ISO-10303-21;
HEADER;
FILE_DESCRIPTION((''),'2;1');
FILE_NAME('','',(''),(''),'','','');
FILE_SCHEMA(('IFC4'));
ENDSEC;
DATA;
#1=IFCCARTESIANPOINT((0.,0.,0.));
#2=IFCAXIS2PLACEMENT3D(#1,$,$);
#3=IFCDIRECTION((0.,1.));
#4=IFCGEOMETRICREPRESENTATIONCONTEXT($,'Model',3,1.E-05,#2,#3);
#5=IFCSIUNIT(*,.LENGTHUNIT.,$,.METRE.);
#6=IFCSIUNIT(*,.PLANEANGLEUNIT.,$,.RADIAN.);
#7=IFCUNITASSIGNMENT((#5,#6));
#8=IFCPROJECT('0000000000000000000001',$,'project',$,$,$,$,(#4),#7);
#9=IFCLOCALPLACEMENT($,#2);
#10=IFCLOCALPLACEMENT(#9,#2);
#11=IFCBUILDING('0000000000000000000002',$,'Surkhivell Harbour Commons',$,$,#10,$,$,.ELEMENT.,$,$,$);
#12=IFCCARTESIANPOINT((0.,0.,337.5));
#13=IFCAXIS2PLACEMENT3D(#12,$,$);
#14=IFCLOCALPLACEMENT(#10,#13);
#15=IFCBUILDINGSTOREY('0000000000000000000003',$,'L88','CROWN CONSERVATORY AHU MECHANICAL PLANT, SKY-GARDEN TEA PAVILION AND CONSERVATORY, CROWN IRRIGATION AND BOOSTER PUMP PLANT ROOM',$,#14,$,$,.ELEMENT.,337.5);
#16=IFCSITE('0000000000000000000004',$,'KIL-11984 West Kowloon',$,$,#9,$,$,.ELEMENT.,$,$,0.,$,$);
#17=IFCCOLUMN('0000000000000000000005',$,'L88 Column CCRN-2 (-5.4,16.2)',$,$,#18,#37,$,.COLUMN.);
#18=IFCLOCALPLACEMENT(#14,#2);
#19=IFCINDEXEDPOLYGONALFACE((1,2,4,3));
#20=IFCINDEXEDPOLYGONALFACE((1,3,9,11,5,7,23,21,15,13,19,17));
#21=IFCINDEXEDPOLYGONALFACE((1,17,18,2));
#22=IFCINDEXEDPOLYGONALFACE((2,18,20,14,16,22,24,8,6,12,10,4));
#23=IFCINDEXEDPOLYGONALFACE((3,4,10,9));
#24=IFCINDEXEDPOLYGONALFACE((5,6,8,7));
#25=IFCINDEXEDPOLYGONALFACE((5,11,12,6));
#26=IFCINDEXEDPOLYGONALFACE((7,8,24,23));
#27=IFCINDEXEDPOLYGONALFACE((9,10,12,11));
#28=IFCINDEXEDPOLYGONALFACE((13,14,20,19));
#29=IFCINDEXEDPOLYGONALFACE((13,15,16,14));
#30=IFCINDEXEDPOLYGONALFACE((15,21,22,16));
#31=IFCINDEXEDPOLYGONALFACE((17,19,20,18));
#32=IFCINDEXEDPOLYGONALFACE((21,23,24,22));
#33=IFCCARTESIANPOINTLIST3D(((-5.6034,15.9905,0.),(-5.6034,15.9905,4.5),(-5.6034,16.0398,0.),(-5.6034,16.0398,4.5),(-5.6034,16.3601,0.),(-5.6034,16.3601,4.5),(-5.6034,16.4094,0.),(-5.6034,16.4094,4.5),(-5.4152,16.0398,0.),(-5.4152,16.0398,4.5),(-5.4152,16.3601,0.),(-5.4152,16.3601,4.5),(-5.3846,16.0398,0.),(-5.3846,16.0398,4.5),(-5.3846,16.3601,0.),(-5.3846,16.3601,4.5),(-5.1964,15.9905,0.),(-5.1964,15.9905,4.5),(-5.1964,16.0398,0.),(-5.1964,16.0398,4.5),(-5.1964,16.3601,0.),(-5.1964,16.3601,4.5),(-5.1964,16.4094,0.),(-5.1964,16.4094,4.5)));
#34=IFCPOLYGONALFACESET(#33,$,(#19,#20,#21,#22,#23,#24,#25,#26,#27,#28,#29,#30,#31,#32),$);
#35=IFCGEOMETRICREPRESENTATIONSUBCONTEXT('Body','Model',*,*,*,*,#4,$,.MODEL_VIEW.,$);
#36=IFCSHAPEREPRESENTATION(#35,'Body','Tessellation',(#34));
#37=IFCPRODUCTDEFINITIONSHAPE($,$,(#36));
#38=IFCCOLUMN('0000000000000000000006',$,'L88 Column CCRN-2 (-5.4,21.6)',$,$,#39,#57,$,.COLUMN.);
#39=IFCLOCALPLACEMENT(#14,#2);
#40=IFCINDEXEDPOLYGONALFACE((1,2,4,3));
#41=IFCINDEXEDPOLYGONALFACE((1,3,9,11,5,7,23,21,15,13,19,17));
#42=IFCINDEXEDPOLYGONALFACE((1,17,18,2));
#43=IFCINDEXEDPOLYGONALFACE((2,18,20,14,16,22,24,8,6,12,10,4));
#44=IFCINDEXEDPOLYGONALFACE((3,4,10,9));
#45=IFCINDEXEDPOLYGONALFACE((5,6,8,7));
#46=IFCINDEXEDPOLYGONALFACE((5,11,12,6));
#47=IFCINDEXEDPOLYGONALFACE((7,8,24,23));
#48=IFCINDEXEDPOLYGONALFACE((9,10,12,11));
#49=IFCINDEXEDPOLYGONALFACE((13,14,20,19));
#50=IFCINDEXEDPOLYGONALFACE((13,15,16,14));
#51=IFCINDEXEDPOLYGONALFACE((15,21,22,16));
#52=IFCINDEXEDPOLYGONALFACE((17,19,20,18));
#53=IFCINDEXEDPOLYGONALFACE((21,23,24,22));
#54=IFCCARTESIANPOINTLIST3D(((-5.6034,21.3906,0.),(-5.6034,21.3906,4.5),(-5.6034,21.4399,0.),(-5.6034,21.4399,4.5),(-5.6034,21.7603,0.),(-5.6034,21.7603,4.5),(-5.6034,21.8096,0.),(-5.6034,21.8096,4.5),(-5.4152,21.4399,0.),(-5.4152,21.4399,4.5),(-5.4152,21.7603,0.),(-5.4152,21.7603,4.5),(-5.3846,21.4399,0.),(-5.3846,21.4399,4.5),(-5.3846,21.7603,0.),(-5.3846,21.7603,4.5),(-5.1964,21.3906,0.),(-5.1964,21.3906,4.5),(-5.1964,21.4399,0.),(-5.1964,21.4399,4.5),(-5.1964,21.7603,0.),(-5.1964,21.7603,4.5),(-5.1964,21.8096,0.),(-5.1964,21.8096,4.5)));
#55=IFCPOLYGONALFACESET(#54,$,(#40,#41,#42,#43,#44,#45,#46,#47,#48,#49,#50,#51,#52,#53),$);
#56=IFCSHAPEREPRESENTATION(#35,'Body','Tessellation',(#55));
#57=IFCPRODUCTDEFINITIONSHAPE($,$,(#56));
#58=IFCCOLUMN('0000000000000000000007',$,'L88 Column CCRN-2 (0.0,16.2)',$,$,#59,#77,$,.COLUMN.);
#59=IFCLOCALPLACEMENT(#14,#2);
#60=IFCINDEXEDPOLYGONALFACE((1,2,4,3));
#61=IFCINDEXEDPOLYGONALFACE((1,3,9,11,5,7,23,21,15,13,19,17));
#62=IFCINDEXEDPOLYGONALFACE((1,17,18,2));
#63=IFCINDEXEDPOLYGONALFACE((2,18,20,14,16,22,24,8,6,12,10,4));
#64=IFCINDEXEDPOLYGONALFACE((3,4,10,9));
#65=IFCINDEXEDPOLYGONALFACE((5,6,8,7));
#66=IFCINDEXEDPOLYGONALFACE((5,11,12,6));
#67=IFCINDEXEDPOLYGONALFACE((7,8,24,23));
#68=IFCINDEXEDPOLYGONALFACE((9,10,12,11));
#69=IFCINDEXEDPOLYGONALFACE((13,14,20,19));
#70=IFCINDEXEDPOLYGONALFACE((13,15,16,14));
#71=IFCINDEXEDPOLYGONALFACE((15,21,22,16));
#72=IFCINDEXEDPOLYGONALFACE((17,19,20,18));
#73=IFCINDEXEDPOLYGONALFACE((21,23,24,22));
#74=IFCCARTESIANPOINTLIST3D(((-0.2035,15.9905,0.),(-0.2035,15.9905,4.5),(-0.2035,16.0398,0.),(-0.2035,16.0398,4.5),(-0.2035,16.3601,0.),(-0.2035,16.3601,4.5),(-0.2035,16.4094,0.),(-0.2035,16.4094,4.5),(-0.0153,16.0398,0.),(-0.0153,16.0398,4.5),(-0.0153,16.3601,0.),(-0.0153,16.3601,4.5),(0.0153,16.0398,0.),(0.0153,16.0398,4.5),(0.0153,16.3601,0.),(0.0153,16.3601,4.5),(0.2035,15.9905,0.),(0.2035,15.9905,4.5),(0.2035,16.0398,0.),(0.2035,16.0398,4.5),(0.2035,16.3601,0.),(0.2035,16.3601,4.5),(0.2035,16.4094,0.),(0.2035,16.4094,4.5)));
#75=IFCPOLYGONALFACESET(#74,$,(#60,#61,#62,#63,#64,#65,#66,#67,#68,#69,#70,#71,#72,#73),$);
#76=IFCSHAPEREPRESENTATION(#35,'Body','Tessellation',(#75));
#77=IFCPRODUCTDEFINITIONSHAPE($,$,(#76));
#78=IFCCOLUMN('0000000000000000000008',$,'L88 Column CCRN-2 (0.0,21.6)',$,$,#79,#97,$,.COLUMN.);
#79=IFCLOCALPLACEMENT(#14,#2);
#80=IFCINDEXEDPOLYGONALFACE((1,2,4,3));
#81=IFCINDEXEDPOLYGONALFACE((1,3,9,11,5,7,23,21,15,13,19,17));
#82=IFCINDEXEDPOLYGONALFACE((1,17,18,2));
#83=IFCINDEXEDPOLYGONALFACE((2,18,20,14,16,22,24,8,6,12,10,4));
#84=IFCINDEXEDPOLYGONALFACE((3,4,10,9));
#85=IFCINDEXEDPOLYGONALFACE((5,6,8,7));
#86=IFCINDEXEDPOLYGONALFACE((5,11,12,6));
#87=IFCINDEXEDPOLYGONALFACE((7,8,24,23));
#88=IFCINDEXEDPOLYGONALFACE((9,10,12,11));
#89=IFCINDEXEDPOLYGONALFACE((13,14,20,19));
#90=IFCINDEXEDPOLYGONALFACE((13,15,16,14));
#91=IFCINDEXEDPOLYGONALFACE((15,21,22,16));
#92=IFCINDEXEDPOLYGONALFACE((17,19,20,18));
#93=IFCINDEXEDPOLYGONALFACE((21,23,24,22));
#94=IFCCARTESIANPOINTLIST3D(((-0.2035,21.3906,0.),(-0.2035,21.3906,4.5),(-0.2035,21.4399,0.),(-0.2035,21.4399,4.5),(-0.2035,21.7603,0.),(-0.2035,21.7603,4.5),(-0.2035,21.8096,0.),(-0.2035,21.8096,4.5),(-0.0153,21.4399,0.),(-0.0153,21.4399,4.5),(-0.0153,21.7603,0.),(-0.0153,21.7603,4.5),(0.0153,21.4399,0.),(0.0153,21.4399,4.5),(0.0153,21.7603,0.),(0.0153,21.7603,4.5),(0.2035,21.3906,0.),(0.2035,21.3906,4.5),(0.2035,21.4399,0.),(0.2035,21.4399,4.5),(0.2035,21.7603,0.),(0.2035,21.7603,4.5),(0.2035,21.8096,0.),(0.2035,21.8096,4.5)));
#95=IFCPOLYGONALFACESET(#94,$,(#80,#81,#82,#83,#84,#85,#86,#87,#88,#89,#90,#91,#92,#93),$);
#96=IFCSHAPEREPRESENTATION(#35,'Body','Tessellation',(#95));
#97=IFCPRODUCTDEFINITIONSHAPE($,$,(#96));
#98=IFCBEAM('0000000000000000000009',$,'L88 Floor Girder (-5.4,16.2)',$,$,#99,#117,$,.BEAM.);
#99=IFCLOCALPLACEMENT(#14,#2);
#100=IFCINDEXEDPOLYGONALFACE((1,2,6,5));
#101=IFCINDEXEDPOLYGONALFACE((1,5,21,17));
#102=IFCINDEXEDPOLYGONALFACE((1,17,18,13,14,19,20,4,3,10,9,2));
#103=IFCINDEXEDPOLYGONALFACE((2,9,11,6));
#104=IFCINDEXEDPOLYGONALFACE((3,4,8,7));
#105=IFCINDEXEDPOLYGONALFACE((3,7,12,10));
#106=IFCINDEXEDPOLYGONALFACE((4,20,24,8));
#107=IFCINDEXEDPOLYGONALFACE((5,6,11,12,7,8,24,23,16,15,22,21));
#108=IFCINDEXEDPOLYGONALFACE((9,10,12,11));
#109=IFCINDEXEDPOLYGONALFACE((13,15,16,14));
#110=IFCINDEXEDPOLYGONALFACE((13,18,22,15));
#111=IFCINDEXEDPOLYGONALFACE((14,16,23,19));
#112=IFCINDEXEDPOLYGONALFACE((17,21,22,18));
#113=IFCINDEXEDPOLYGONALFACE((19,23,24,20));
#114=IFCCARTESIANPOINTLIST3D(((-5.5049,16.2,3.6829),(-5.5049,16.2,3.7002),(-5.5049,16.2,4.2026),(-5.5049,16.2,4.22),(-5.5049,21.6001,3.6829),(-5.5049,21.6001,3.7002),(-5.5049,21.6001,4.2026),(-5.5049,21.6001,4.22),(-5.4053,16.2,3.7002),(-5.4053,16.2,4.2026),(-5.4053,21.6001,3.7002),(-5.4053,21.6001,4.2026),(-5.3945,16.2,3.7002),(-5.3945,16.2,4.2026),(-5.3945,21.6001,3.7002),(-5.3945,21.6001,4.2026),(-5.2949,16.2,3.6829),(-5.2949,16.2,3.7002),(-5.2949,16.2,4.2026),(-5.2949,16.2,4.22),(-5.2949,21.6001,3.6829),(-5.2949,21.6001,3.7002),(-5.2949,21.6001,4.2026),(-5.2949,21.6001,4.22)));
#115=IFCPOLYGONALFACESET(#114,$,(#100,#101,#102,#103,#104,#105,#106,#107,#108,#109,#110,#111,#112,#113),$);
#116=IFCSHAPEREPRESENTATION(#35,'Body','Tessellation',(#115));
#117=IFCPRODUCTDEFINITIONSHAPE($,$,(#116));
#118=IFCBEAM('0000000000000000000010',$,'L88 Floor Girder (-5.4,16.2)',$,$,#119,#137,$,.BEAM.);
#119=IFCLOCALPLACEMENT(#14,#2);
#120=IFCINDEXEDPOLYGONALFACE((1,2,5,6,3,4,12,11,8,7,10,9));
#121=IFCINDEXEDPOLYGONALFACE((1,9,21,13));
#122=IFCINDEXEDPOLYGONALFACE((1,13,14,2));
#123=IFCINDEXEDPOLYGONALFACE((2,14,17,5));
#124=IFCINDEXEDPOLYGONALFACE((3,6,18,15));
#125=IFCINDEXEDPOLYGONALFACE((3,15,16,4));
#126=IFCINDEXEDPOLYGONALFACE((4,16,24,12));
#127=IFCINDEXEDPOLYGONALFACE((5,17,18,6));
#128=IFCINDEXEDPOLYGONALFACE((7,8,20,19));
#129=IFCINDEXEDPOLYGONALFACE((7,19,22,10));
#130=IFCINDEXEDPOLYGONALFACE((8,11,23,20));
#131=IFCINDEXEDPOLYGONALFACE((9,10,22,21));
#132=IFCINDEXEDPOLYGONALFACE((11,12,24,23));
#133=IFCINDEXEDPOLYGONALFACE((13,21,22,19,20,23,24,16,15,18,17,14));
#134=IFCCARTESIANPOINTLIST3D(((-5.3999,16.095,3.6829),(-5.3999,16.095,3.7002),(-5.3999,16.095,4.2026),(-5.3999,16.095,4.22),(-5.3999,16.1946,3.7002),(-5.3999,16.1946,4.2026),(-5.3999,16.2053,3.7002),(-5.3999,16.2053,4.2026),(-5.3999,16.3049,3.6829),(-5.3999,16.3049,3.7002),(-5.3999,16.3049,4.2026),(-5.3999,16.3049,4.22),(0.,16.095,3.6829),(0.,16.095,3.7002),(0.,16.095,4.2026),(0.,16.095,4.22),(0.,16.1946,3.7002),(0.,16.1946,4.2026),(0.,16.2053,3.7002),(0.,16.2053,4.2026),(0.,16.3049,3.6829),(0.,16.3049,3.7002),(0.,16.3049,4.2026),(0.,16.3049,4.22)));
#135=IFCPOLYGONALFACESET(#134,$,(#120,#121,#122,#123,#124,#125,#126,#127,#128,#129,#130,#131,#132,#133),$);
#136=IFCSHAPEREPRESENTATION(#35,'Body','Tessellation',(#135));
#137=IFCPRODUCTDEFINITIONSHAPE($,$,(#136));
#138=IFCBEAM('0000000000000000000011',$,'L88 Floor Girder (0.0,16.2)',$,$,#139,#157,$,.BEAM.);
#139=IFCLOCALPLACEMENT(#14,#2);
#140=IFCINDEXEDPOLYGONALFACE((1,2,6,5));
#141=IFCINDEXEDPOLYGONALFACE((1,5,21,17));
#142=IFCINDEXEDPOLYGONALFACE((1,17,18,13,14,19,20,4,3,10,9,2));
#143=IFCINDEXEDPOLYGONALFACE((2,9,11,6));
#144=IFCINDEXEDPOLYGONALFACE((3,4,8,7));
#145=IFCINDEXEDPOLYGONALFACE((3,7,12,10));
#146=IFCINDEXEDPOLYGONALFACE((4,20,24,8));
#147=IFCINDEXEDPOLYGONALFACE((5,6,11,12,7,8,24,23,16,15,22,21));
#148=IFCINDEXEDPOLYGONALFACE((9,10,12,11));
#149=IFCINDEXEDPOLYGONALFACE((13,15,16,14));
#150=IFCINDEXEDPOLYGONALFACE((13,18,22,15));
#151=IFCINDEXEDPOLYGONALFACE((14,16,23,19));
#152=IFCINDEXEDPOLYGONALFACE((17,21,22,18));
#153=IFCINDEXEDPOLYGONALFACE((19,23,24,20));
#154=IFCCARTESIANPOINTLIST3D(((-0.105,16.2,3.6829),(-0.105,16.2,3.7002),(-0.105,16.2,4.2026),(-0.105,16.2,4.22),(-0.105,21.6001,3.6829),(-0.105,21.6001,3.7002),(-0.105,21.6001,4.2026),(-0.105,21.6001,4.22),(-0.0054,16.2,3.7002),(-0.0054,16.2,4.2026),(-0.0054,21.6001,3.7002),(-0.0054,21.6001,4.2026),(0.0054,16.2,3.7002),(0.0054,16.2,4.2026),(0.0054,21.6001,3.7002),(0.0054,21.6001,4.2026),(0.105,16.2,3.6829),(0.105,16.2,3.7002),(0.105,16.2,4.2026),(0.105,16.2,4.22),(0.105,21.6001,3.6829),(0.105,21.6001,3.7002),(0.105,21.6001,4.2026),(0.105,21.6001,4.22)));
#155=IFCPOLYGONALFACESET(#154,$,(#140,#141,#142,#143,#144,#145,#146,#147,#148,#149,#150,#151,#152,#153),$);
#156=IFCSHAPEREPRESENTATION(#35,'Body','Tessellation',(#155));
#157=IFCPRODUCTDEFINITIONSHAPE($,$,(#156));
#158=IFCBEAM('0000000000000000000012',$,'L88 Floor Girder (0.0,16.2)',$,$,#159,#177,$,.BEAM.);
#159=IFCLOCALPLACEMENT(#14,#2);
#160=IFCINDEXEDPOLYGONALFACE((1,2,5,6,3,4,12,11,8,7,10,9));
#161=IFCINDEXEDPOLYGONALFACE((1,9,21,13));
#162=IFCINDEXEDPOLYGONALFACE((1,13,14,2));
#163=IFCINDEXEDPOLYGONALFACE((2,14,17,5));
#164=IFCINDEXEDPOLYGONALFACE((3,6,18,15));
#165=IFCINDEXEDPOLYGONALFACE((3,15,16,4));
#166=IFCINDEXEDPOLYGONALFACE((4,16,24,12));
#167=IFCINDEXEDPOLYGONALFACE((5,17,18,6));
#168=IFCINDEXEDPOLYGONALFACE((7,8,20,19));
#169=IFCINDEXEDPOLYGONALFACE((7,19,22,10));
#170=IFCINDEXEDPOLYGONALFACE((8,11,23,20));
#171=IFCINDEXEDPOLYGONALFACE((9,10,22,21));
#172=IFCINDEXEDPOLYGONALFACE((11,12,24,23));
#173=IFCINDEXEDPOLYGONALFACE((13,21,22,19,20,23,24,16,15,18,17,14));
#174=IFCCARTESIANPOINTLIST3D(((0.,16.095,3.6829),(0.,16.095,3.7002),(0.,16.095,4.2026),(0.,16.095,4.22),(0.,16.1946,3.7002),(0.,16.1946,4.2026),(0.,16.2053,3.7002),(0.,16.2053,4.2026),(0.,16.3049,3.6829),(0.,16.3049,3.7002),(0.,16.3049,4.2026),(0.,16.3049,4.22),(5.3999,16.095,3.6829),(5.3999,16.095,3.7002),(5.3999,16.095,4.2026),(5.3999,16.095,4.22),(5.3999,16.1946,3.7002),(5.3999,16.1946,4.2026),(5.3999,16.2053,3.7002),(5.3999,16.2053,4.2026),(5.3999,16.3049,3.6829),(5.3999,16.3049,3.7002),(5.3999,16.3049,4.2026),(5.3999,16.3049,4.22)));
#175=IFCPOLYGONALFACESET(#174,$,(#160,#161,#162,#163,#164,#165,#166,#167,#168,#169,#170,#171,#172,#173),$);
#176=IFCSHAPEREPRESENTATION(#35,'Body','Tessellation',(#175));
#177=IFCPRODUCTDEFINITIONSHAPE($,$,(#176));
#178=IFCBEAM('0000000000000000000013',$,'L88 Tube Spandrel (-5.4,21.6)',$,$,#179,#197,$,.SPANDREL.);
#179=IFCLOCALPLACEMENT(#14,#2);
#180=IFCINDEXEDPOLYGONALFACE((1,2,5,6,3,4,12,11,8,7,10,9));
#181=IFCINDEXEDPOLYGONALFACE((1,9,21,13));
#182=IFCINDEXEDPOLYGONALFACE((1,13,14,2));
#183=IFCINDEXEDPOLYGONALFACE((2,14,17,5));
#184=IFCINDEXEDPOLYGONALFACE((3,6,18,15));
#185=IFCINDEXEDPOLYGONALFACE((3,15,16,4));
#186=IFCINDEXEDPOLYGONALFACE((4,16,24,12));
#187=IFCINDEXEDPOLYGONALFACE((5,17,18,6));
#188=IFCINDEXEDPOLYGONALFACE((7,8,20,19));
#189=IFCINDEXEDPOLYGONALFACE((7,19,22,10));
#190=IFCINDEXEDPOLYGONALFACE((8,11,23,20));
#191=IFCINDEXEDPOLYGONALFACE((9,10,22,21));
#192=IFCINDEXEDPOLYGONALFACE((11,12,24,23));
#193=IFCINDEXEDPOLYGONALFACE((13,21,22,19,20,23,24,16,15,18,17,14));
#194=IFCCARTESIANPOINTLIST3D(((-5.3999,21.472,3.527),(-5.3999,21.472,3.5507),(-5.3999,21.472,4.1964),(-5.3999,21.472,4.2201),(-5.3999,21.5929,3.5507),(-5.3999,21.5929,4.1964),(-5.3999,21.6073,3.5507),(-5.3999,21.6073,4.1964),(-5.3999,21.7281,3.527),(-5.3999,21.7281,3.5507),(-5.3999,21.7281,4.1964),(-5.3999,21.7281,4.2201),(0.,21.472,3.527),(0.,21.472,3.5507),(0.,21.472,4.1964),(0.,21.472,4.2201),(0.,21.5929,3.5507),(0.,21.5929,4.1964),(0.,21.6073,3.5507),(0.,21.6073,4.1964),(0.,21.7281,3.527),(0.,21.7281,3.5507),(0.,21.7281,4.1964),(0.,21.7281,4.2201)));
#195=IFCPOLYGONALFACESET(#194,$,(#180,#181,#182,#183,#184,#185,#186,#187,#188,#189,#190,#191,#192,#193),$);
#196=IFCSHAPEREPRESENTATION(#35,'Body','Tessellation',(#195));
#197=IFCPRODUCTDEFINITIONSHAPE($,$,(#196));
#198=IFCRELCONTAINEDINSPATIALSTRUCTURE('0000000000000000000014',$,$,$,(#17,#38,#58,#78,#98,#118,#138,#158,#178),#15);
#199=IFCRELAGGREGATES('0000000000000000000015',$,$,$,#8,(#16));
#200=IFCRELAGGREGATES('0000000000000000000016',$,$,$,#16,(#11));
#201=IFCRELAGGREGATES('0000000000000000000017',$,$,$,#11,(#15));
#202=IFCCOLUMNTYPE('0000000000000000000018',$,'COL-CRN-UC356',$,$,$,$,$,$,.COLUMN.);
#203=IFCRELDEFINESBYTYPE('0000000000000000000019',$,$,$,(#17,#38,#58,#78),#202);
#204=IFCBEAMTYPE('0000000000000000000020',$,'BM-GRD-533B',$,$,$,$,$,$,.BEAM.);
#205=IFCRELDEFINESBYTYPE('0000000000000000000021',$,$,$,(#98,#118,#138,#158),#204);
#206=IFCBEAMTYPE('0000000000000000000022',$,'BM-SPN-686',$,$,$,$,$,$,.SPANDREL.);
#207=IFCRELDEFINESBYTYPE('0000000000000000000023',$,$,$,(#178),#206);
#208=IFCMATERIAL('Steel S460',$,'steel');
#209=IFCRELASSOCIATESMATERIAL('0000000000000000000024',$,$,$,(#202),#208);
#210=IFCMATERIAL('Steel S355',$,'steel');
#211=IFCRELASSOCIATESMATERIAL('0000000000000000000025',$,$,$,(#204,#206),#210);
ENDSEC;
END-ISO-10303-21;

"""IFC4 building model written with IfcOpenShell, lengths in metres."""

from ifc_helpers import new_model, si_unit, direction, frame, origin, origin_2d, place, context, subcontext, project, spatial, i_section, extrude, material, material_profile, profile_set, type_object, element, save


model = new_model("IFC4")

# Units and contexts
model_context = context("Model", 3, precision=1e-05, world=origin(), true_north=direction((0.0, 1.0)))
body_context = subcontext(model_context, "Body", "Model", "MODEL_VIEW")
ifc_project = project(units=[si_unit("LENGTHUNIT", "METRE"), si_unit("PLANEANGLEUNIT", "RADIAN")], contexts=[model_context])

# Site, building, storey
site_placement = place(None, origin())
site = spatial("IfcSite", under=ifc_project, at=site_placement, Name="KIL-11984 West Kowloon", CompositionType="ELEMENT", RefElevation=0.0)
building_placement = place(site_placement, origin())
building = spatial("IfcBuilding", under=site, at=building_placement, Name="Surkhivell Harbour Commons", CompositionType="ELEMENT")
storey_placement = place(building_placement, frame((0.0, 0.0, 337.5)))
storey = spatial("IfcBuildingStorey", under=building, at=storey_placement, Name="L88", Description="CROWN CONSERVATORY AHU MECHANICAL PLANT, SKY-GARDEN TEA PAVILION AND CONSERVATORY, CROWN IRRIGATION AND BOOSTER PUMP PLANT ROOM", CompositionType="ELEMENT", Elevation=337.5)

# Columns
ifc_material_1 = material(Name="Steel S460", Category="steel")
ifc_material_profile_1 = material_profile(ifc_material_1, i_section(OverallWidth=0.407, OverallDepth=0.4189, WebThickness=0.0305, FlangeThickness=0.0493, at=origin_2d()), Name="UC356x406x393")
ifc_profile_set_1 = profile_set([ifc_material_profile_1], Name="Steel S460")
column_type = type_object("IfcColumnType", Name="COL-CRN-UC356", PredefinedType="COLUMN", material=ifc_profile_set_1)
for number, where, z_axis, x_axis, name in (
    (1, (-5.3999, 16.2, 0.0), (0.0, 0.0, 1.0), (1.0, 0.0, 0.0), "L88 Column CCRN-2 (-5.4,16.2)"),
    (2, (-5.3999, 21.6001, 0.0), (0.0, 0.0, 1.0), (1.0, 0.0, 0.0), "L88 Column CCRN-2 (-5.4,21.6)"),
    (3, (0.0, 16.2, 0.0), (0.0, 0.0, 1.0), (1.0, 0.0, 0.0), "L88 Column CCRN-2 (0.0,16.2)"),
    (4, (0.0, 21.6001, 0.0), (0.0, 0.0, 1.0), (1.0, 0.0, 0.0), "L88 Column CCRN-2 (0.0,21.6)"),
):
    element("IfcColumn", number, at=place(storey_placement, frame(where, z_axis=z_axis, x_axis=x_axis)), inside=storey, type_object=column_type, Name=name, PredefinedType="COLUMN", context=body_context, shape_type="SweptSolid", body=[
        extrude(i_section(OverallWidth=0.407, OverallDepth=0.4189, WebThickness=0.0305, FlangeThickness=0.0493, at=origin_2d()), origin(), (0.0, 0.0, 1.0), 4.5),
    ])

# Beams
ifc_material_2 = material(Name="Steel S355", Category="steel")
ifc_material_profile_2 = material_profile(ifc_material_2, i_section(OverallWidth=0.21, OverallDepth=0.5371, WebThickness=0.0107, FlangeThickness=0.0173, at=origin_2d()), Name="UB533x210x101")
ifc_profile_set_2 = profile_set([ifc_material_profile_2], Name="Steel S355")
beam_type_1 = type_object("IfcBeamType", Name="BM-GRD-533B", PredefinedType="BEAM", material=ifc_profile_set_2)
beam_1_placement = place(storey_placement, frame((-5.3999, 16.2, 3.9514), z_axis=(0.0, 1.0, 0.0), x_axis=(-1.0, 0.0, 0.0)))
element("IfcBeam", 5, at=beam_1_placement, inside=storey, type_object=beam_type_1, Name="L88 Floor Girder (-5.4,16.2)", PredefinedType="BEAM", context=body_context, shape_type="SweptSolid", body=[
    extrude(i_section(OverallWidth=0.21, OverallDepth=0.5371, WebThickness=0.0107, FlangeThickness=0.0173, at=origin_2d()), origin(), (0.0, 0.0, 1.0), 5.4001),
])
beam_2_placement = place(storey_placement, frame((-5.3999, 16.2, 3.9514), z_axis=(1.0, 0.0, 0.0), x_axis=(0.0, 1.0, 0.0)))
element("IfcBeam", 6, at=beam_2_placement, inside=storey, type_object=beam_type_1, Name="L88 Floor Girder (-5.4,16.2)", PredefinedType="BEAM", context=body_context, shape_type="SweptSolid", body=[
    extrude(i_section(OverallWidth=0.21, OverallDepth=0.5371, WebThickness=0.0107, FlangeThickness=0.0173, at=origin_2d()), origin(), (0.0, 0.0, 1.0), 5.3999),
])
beam_3_placement = place(storey_placement, frame((0.0, 16.2, 3.9514), z_axis=(0.0, 1.0, 0.0), x_axis=(-1.0, 0.0, 0.0)))
element("IfcBeam", 7, at=beam_3_placement, inside=storey, type_object=beam_type_1, Name="L88 Floor Girder (0.0,16.2)", PredefinedType="BEAM", context=body_context, shape_type="SweptSolid", body=[
    extrude(i_section(OverallWidth=0.21, OverallDepth=0.5371, WebThickness=0.0107, FlangeThickness=0.0173, at=origin_2d()), origin(), (0.0, 0.0, 1.0), 5.4001),
])
beam_4_placement = place(storey_placement, frame((0.0, 16.2, 3.9514), z_axis=(1.0, 0.0, 0.0), x_axis=(0.0, 1.0, 0.0)))
element("IfcBeam", 8, at=beam_4_placement, inside=storey, type_object=beam_type_1, Name="L88 Floor Girder (0.0,16.2)", PredefinedType="BEAM", context=body_context, shape_type="SweptSolid", body=[
    extrude(i_section(OverallWidth=0.21, OverallDepth=0.5371, WebThickness=0.0107, FlangeThickness=0.0173, at=origin_2d()), origin(), (0.0, 0.0, 1.0), 5.3999),
])
ifc_material_profile_3 = material_profile(ifc_material_2, i_section(OverallWidth=0.2561, OverallDepth=0.6931, WebThickness=0.0144, FlangeThickness=0.0237, at=origin_2d()), Name="UB686x254x170")
ifc_profile_set_3 = profile_set([ifc_material_profile_3], Name="Steel S355")
beam_type_2 = type_object("IfcBeamType", Name="BM-SPN-686", PredefinedType="SPANDREL", material=ifc_profile_set_3)
for number, where, z_axis, x_axis, name in (
    (9, (-5.3999, 21.6001, 3.8735), (1.0, 0.0, 0.0), (0.0, 1.0, 0.0), "L88 Tube Spandrel (-5.4,21.6)"),
):
    element("IfcBeam", number, at=place(storey_placement, frame(where, z_axis=z_axis, x_axis=x_axis)), inside=storey, type_object=beam_type_2, Name=name, PredefinedType="SPANDREL", context=body_context, shape_type="SweptSolid", body=[
        extrude(i_section(OverallWidth=0.2561, OverallDepth=0.6931, WebThickness=0.0144, FlangeThickness=0.0237, at=origin_2d()), origin(), (0.0, 0.0, 1.0), 5.3999),
    ])

save(model, "model.ifc")
